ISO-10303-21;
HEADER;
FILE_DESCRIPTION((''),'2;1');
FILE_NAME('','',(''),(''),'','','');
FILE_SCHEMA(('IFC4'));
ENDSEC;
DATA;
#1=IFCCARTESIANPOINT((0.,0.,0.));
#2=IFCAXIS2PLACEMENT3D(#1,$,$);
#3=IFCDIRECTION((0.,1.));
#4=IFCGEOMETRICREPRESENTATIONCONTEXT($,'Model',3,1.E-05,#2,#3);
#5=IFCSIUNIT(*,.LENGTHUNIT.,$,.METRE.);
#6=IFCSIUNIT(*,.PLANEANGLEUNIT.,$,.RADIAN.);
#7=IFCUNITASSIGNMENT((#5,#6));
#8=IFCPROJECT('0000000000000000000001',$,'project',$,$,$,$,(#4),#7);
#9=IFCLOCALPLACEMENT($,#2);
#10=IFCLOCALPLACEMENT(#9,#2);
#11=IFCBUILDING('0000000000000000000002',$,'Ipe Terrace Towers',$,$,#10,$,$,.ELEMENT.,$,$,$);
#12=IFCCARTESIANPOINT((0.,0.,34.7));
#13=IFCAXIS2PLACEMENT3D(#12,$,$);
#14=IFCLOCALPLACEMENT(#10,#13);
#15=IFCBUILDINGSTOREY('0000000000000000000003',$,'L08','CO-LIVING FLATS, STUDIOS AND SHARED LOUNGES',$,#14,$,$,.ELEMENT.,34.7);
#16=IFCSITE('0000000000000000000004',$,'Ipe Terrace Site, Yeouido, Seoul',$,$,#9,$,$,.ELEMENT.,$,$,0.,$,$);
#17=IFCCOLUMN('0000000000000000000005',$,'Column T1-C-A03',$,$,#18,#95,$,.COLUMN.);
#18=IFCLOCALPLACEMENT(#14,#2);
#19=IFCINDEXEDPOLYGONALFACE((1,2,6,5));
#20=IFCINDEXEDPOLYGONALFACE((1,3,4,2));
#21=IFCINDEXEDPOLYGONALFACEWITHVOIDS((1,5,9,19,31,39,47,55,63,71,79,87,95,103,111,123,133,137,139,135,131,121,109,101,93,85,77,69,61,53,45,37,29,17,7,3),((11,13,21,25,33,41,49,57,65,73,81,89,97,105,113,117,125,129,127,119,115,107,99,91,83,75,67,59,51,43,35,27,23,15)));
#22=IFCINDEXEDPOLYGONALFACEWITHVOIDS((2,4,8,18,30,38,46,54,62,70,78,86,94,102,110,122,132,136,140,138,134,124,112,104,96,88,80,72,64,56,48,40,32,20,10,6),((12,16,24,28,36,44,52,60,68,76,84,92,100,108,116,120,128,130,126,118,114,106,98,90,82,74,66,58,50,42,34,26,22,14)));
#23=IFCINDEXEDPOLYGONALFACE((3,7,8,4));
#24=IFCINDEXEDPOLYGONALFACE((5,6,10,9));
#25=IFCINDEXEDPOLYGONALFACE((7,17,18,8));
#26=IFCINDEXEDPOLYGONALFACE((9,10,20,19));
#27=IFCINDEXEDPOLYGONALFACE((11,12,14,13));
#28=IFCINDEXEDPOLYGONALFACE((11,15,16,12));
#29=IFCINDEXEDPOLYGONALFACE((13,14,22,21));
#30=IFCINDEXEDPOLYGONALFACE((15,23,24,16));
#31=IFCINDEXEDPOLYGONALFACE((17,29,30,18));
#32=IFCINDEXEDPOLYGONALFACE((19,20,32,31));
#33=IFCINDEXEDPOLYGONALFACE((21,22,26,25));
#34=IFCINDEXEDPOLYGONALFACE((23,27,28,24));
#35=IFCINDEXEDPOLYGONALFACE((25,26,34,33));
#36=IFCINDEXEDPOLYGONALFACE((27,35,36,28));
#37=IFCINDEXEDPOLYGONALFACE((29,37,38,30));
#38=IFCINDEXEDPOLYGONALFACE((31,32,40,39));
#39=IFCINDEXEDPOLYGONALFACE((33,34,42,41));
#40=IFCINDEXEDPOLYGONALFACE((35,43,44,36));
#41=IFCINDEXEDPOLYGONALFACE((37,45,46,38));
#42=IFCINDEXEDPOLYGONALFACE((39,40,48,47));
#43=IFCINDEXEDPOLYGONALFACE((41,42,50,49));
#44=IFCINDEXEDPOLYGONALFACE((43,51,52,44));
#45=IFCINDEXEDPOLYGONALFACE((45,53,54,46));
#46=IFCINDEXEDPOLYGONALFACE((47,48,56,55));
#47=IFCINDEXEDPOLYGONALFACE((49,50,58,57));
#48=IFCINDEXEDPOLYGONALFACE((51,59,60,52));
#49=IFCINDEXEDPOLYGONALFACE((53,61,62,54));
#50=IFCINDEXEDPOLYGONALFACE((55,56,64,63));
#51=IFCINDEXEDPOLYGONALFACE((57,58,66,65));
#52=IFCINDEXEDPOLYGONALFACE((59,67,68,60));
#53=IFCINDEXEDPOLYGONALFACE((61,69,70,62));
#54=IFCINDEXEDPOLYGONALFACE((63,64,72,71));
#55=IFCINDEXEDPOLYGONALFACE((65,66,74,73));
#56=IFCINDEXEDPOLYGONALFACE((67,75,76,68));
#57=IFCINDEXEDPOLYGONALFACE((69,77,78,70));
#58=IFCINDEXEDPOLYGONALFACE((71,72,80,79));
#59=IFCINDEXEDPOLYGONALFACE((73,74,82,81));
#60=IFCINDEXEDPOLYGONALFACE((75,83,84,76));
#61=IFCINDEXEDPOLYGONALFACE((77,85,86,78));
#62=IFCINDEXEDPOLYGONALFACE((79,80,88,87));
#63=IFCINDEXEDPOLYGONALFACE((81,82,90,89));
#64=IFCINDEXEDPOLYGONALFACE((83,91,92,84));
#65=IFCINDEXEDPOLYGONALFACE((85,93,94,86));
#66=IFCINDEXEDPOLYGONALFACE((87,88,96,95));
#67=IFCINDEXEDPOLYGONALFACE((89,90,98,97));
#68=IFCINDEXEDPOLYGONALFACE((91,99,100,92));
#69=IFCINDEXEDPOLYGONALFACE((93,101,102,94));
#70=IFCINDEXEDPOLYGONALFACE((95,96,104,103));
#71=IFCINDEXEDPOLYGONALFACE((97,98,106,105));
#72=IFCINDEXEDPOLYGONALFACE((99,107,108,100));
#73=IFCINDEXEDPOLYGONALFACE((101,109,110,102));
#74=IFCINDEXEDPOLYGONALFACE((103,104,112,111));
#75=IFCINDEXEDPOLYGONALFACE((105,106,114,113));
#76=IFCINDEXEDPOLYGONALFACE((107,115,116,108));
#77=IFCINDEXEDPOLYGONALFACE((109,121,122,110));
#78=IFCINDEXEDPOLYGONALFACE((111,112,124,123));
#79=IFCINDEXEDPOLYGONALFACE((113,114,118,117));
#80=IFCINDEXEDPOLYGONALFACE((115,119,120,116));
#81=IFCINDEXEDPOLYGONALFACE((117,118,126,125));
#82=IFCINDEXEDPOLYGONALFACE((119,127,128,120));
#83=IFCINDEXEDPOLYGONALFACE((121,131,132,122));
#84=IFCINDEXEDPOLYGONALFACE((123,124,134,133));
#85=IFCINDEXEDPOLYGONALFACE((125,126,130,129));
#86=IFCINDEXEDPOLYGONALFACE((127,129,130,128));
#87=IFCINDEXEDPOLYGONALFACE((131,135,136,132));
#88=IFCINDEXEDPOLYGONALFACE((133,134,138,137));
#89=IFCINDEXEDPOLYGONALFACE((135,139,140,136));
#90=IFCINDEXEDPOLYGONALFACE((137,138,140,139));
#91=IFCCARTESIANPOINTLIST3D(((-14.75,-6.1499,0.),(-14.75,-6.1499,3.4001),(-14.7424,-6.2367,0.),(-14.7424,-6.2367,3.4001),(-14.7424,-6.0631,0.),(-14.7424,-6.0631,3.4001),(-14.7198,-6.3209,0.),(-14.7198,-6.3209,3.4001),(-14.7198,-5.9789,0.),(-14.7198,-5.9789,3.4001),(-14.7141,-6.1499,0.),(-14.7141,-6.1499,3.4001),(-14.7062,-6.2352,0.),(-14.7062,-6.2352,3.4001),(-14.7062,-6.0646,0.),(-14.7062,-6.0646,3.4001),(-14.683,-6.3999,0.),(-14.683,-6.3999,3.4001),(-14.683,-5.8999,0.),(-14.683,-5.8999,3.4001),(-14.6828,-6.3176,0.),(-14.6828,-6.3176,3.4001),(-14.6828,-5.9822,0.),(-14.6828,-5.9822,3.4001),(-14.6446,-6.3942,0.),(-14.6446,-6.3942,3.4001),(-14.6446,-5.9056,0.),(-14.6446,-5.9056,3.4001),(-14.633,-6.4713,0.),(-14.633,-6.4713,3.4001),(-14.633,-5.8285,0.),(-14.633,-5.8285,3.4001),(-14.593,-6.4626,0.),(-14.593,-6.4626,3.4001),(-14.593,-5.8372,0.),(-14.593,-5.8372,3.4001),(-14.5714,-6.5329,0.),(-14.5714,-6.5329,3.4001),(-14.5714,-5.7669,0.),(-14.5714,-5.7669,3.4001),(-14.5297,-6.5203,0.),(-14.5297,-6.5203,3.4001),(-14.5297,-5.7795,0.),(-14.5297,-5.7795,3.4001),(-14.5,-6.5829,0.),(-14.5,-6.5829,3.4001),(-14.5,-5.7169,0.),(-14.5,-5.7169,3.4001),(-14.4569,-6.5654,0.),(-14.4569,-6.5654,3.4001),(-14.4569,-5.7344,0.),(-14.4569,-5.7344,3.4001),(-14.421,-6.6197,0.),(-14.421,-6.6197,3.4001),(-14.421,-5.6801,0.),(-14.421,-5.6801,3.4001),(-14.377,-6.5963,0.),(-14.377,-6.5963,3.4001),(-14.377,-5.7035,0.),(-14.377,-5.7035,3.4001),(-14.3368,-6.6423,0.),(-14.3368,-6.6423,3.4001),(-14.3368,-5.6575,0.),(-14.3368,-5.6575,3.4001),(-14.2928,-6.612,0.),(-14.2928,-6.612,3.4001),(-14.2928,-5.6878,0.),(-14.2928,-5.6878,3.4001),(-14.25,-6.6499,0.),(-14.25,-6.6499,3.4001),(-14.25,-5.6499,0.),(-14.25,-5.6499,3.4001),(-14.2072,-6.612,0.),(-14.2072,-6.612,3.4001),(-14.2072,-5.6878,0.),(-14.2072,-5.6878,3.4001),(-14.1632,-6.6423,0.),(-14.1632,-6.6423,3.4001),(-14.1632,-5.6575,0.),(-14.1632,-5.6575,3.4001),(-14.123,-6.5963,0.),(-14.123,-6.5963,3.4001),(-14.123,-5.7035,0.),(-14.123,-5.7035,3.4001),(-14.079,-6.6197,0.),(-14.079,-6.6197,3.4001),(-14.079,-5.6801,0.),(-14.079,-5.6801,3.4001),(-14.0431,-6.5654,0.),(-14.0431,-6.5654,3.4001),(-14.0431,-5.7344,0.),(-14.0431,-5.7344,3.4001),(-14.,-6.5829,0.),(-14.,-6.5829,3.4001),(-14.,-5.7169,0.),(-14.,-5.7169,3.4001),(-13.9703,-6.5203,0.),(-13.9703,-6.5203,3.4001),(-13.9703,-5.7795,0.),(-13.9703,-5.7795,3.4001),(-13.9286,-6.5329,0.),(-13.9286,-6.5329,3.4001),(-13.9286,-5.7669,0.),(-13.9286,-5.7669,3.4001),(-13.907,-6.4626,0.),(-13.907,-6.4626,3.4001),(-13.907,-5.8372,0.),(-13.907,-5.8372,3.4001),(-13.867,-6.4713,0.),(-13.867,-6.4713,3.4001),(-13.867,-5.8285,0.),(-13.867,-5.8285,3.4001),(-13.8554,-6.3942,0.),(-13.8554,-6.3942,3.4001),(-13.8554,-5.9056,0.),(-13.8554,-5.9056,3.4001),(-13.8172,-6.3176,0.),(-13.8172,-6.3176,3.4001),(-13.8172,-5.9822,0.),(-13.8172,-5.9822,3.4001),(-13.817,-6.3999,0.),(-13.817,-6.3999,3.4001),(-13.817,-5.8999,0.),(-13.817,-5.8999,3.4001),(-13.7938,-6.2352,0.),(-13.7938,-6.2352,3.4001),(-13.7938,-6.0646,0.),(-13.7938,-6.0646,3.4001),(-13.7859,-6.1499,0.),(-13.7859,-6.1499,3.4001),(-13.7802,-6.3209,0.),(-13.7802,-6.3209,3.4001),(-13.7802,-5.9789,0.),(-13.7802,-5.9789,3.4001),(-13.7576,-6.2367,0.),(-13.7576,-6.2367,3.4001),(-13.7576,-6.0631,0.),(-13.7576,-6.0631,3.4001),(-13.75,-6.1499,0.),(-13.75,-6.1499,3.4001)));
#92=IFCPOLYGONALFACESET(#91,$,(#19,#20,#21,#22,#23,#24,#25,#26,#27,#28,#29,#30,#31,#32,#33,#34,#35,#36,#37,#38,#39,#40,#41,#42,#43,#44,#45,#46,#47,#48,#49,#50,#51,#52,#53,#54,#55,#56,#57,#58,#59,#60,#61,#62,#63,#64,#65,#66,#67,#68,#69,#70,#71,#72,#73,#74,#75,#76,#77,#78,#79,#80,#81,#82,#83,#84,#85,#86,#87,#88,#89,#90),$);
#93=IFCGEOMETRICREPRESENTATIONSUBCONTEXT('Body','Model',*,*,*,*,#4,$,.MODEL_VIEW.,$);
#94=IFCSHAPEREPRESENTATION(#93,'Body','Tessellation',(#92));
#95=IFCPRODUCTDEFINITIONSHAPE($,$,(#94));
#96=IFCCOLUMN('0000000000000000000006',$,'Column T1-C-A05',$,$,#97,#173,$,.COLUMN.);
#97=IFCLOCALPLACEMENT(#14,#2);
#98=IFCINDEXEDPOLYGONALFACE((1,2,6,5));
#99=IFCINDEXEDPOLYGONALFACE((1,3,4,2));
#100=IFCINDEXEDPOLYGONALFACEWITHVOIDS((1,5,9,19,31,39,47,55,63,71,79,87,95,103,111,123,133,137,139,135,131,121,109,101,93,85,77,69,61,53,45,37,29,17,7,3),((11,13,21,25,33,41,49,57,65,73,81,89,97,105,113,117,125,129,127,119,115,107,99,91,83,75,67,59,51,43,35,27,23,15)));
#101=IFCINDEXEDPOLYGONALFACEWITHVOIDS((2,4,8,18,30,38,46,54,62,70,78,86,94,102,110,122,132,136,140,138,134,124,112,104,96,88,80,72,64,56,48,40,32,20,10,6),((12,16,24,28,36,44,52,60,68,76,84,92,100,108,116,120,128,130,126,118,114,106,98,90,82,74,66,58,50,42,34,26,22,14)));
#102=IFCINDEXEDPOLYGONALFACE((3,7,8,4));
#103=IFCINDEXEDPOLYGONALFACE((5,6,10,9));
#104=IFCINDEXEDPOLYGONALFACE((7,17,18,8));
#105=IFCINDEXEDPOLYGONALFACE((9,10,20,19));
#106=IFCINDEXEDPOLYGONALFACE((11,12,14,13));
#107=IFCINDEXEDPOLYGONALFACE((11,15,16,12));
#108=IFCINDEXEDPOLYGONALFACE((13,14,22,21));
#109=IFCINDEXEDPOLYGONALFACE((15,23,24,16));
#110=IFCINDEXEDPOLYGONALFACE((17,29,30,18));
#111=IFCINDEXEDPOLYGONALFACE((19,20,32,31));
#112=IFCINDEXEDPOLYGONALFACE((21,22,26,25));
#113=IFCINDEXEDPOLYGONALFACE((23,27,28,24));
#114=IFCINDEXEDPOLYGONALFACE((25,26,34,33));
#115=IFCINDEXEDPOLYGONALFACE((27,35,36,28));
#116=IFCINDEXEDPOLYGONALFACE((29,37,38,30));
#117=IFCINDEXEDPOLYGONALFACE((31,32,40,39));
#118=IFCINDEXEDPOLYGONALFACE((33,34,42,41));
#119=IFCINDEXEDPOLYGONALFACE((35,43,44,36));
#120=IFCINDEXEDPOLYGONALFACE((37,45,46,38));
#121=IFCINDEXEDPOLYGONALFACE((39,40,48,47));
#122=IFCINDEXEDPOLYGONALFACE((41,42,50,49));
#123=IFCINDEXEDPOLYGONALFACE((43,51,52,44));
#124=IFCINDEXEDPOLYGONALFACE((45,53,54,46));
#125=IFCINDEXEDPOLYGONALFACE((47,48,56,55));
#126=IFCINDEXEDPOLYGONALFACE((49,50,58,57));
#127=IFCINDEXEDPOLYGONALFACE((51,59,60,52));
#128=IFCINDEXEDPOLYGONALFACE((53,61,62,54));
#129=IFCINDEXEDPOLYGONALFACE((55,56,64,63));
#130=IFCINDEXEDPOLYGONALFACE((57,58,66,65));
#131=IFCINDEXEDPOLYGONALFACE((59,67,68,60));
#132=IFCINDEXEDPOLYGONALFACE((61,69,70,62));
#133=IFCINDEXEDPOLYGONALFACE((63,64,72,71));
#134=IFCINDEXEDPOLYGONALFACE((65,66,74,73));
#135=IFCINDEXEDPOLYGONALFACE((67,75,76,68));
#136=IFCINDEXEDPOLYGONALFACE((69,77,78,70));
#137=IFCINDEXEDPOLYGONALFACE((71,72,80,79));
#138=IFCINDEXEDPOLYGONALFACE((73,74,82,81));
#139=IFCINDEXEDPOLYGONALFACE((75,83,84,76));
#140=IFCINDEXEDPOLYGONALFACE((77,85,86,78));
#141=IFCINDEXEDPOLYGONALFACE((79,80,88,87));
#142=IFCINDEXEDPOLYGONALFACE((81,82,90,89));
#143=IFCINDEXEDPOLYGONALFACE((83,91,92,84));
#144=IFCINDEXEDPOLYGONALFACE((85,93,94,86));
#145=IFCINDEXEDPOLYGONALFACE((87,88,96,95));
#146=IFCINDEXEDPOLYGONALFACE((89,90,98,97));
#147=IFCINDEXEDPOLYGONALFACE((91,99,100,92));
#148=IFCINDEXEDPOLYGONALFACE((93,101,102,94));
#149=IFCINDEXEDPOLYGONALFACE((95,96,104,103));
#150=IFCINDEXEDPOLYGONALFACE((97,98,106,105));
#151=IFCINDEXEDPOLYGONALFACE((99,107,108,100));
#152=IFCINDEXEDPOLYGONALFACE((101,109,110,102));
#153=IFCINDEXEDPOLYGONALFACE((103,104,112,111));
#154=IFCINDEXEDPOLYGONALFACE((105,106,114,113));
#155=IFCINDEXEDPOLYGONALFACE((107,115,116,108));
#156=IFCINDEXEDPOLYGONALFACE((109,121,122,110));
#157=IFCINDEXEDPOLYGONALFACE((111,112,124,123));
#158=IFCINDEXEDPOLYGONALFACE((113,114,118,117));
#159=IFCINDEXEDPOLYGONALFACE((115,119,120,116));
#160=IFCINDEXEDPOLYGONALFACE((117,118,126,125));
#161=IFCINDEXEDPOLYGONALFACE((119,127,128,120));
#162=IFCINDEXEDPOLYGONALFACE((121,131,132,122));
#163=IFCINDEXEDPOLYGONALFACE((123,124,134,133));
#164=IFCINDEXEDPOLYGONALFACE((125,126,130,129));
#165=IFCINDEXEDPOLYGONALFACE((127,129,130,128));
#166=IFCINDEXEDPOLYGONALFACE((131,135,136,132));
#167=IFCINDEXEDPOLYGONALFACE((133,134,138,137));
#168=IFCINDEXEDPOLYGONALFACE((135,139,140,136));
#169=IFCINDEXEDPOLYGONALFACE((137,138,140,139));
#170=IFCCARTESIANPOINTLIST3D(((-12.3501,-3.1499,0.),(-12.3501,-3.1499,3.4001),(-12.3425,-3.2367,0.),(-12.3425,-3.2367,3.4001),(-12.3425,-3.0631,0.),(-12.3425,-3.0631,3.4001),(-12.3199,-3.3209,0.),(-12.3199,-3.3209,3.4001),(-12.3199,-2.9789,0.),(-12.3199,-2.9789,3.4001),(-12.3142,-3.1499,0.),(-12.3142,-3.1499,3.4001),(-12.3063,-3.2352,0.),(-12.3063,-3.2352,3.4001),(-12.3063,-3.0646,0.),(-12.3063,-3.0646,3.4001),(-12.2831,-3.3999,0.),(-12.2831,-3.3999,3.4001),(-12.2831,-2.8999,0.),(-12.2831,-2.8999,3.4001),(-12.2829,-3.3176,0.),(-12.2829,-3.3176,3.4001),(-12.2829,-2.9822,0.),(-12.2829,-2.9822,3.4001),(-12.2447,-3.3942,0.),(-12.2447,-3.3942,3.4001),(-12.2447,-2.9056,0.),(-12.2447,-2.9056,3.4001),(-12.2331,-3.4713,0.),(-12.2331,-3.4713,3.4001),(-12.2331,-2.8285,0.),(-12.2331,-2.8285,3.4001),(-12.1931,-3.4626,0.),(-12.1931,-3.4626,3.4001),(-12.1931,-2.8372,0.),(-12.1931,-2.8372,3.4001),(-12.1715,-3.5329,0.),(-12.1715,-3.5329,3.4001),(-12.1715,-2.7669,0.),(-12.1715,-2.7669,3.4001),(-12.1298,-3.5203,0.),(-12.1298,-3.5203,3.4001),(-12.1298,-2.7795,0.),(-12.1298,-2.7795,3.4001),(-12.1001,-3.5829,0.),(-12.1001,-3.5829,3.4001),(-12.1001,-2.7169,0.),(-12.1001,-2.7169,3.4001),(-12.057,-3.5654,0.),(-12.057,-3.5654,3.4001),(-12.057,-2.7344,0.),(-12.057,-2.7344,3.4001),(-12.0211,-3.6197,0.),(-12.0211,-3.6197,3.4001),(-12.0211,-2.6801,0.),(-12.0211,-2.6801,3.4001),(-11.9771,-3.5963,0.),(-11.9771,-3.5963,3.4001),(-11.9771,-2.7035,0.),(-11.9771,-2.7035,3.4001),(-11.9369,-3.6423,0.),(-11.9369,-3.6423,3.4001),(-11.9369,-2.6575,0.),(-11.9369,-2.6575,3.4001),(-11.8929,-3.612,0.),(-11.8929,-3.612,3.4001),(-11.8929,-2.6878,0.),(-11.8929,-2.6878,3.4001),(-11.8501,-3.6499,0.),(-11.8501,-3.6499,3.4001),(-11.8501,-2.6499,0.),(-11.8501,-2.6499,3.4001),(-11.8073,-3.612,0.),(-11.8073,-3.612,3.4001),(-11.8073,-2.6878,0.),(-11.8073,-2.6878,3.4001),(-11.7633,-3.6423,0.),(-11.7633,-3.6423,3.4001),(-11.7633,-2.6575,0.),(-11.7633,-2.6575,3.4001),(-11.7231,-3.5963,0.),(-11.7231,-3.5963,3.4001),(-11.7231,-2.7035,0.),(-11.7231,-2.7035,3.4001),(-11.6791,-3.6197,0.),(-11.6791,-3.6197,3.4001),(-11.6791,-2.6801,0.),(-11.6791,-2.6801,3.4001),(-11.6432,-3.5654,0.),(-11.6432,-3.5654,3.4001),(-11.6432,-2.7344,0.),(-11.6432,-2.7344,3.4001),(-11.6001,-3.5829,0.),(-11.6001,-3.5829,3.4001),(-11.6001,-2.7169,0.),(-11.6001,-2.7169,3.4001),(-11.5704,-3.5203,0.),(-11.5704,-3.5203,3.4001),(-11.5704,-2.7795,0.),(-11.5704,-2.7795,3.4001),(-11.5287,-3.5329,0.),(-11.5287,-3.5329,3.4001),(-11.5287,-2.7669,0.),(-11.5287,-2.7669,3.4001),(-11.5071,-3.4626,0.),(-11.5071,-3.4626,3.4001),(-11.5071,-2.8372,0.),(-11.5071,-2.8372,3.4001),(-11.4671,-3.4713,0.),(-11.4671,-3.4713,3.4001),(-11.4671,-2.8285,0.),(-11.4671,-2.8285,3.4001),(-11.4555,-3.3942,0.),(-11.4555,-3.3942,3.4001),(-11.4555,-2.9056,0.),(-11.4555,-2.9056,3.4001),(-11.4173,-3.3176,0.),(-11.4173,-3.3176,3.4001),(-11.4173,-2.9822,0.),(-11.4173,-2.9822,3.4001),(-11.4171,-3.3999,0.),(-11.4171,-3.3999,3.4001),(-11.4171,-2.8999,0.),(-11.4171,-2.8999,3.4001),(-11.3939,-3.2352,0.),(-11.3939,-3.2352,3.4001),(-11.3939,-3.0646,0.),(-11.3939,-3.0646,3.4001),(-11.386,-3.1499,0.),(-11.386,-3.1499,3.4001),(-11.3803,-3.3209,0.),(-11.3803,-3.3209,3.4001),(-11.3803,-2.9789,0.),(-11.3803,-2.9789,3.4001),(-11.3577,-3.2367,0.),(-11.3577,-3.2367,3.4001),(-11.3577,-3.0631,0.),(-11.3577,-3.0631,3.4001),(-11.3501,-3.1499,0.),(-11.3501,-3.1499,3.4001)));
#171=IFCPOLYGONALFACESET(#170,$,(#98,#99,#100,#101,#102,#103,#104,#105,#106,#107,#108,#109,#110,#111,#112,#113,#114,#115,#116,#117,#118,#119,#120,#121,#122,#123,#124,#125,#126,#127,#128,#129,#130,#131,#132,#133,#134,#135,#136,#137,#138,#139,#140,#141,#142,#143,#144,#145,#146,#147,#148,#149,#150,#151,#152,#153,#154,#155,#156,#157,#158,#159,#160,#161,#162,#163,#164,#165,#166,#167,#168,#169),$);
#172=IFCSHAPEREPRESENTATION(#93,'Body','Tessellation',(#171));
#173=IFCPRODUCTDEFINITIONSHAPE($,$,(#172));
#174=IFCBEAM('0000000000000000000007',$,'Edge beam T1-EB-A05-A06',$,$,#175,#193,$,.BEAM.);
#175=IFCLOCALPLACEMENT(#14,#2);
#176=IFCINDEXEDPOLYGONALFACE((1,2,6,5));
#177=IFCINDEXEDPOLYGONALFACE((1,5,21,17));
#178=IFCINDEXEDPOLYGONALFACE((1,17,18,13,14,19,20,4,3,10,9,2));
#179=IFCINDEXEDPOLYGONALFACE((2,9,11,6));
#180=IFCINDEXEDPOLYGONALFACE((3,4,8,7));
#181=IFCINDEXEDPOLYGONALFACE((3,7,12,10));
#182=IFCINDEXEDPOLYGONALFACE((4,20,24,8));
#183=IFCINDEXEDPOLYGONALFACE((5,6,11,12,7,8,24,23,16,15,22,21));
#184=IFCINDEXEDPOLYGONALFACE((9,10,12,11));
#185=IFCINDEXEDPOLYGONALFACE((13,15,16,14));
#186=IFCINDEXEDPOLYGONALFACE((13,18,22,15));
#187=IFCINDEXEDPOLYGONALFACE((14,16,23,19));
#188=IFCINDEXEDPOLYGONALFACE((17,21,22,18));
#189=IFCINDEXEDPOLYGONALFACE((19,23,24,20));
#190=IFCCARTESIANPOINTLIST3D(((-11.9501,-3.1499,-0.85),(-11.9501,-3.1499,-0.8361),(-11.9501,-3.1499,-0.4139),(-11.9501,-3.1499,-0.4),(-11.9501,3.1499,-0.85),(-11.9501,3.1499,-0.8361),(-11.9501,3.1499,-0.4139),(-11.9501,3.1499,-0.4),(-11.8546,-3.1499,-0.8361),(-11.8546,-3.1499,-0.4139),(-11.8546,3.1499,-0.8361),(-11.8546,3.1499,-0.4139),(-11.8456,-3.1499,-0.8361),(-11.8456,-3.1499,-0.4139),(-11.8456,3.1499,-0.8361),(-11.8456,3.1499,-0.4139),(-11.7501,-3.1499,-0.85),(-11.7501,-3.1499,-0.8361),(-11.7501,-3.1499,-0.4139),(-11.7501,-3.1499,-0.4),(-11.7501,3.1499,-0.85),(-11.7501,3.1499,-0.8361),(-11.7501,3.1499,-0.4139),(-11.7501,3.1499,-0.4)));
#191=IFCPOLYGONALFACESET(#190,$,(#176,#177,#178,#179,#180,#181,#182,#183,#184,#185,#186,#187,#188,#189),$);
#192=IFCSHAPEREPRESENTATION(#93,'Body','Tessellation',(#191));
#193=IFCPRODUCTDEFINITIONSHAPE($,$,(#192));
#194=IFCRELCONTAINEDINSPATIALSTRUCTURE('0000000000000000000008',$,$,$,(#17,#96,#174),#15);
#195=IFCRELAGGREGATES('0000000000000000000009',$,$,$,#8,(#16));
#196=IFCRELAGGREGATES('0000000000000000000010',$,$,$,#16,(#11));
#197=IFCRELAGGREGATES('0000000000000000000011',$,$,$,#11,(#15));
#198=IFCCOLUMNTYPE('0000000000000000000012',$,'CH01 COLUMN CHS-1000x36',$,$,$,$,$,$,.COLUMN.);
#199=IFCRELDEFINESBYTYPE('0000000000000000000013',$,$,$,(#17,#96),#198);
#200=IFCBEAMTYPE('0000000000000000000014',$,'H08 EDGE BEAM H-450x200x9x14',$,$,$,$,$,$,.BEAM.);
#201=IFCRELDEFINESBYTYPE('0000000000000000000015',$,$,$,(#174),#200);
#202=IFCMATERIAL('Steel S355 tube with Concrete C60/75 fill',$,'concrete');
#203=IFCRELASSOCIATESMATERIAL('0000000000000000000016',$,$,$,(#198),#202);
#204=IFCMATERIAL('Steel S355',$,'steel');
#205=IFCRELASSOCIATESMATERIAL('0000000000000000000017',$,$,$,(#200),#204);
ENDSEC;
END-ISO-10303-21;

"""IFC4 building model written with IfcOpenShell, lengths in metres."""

from ifc_helpers import new_model, si_unit, direction, frame, origin, origin_2d, place, context, subcontext, project, spatial, hollow_circle, i_section, extrude, material, material_profile, profile_set, type_object, element, save


model = new_model("IFC4")

# Units and contexts
model_context = context("Model", 3, precision=1e-05, world=origin(), true_north=direction((0.0, 1.0)))
body_context = subcontext(model_context, "Body", "Model", "MODEL_VIEW")
ifc_project = project(units=[si_unit("LENGTHUNIT", "METRE"), si_unit("PLANEANGLEUNIT", "RADIAN")], contexts=[model_context])

# Site, building, storey
site_placement = place(None, origin())
site = spatial("IfcSite", under=ifc_project, at=site_placement, Name="Ipe Terrace Site, Yeouido, Seoul", CompositionType="ELEMENT", RefElevation=0.0)
building_placement = place(site_placement, origin())
building = spatial("IfcBuilding", under=site, at=building_placement, Name="Ipe Terrace Towers", CompositionType="ELEMENT")
storey_placement = place(building_placement, frame((0.0, 0.0, 34.7)))
storey = spatial("IfcBuildingStorey", under=building, at=storey_placement, Name="L08", Description="CO-LIVING FLATS, STUDIOS AND SHARED LOUNGES", CompositionType="ELEMENT", Elevation=34.7)

# Columns
ifc_material_1 = material(Name="Steel S355 tube with Concrete C60/75 fill", Category="concrete")
ifc_material_profile_1 = material_profile(ifc_material_1, hollow_circle(Radius=0.5, WallThickness=0.0359, at=origin_2d()), Name="CHS-1000x36")
ifc_profile_set_1 = profile_set([ifc_material_profile_1], Name="Steel S355 tube with Concrete C60/75 fill")
column_type = type_object("IfcColumnType", Name="CH01 COLUMN CHS-1000x36", PredefinedType="COLUMN", material=ifc_profile_set_1)
for number, where, z_axis, x_axis, name in (
    (1, (-14.25, -6.1499, 0.0), (0.0, 0.0, 1.0), (1.0, 0.0, 0.0), "Column T1-C-A03"),
    (2, (-11.8501, -3.1499, 0.0), (0.0, 0.0, 1.0), (1.0, 0.0, 0.0), "Column T1-C-A05"),
):
    element("IfcColumn", number, at=place(storey_placement, frame(where, z_axis=z_axis, x_axis=x_axis)), inside=storey, type_object=column_type, Name=name, PredefinedType="COLUMN", context=body_context, shape_type="SweptSolid", body=[
        extrude(hollow_circle(Radius=0.5, WallThickness=0.0359, at=origin_2d()), origin(), (0.0, 0.0, 1.0), 3.4001),
    ])

# Beam
ifc_material_2 = material(Name="Steel S355", Category="steel")
ifc_material_profile_2 = material_profile(ifc_material_2, i_section(OverallWidth=0.2, OverallDepth=0.45, WebThickness=0.009, FlangeThickness=0.0139, at=origin_2d()), Name="H-450x200x9x14")
ifc_profile_set_2 = profile_set([ifc_material_profile_2], Name="Steel S355")
beam_type = type_object("IfcBeamType", Name="H08 EDGE BEAM H-450x200x9x14", PredefinedType="BEAM", material=ifc_profile_set_2)
beam_placement = place(storey_placement, frame((-11.8501, -3.1499, -0.625), z_axis=(0.0, 1.0, 0.0), x_axis=(-1.0, 0.0, 0.0)))
element("IfcBeam", 3, at=beam_placement, inside=storey, type_object=beam_type, Name="Edge beam T1-EB-A05-A06", PredefinedType="BEAM", context=body_context, shape_type="SweptSolid", body=[
    extrude(i_section(OverallWidth=0.2, OverallDepth=0.45, WebThickness=0.009, FlangeThickness=0.0139, at=origin_2d()), origin(), (0.0, 0.0, 1.0), 6.2998),
])

save(model, "model.ifc")
